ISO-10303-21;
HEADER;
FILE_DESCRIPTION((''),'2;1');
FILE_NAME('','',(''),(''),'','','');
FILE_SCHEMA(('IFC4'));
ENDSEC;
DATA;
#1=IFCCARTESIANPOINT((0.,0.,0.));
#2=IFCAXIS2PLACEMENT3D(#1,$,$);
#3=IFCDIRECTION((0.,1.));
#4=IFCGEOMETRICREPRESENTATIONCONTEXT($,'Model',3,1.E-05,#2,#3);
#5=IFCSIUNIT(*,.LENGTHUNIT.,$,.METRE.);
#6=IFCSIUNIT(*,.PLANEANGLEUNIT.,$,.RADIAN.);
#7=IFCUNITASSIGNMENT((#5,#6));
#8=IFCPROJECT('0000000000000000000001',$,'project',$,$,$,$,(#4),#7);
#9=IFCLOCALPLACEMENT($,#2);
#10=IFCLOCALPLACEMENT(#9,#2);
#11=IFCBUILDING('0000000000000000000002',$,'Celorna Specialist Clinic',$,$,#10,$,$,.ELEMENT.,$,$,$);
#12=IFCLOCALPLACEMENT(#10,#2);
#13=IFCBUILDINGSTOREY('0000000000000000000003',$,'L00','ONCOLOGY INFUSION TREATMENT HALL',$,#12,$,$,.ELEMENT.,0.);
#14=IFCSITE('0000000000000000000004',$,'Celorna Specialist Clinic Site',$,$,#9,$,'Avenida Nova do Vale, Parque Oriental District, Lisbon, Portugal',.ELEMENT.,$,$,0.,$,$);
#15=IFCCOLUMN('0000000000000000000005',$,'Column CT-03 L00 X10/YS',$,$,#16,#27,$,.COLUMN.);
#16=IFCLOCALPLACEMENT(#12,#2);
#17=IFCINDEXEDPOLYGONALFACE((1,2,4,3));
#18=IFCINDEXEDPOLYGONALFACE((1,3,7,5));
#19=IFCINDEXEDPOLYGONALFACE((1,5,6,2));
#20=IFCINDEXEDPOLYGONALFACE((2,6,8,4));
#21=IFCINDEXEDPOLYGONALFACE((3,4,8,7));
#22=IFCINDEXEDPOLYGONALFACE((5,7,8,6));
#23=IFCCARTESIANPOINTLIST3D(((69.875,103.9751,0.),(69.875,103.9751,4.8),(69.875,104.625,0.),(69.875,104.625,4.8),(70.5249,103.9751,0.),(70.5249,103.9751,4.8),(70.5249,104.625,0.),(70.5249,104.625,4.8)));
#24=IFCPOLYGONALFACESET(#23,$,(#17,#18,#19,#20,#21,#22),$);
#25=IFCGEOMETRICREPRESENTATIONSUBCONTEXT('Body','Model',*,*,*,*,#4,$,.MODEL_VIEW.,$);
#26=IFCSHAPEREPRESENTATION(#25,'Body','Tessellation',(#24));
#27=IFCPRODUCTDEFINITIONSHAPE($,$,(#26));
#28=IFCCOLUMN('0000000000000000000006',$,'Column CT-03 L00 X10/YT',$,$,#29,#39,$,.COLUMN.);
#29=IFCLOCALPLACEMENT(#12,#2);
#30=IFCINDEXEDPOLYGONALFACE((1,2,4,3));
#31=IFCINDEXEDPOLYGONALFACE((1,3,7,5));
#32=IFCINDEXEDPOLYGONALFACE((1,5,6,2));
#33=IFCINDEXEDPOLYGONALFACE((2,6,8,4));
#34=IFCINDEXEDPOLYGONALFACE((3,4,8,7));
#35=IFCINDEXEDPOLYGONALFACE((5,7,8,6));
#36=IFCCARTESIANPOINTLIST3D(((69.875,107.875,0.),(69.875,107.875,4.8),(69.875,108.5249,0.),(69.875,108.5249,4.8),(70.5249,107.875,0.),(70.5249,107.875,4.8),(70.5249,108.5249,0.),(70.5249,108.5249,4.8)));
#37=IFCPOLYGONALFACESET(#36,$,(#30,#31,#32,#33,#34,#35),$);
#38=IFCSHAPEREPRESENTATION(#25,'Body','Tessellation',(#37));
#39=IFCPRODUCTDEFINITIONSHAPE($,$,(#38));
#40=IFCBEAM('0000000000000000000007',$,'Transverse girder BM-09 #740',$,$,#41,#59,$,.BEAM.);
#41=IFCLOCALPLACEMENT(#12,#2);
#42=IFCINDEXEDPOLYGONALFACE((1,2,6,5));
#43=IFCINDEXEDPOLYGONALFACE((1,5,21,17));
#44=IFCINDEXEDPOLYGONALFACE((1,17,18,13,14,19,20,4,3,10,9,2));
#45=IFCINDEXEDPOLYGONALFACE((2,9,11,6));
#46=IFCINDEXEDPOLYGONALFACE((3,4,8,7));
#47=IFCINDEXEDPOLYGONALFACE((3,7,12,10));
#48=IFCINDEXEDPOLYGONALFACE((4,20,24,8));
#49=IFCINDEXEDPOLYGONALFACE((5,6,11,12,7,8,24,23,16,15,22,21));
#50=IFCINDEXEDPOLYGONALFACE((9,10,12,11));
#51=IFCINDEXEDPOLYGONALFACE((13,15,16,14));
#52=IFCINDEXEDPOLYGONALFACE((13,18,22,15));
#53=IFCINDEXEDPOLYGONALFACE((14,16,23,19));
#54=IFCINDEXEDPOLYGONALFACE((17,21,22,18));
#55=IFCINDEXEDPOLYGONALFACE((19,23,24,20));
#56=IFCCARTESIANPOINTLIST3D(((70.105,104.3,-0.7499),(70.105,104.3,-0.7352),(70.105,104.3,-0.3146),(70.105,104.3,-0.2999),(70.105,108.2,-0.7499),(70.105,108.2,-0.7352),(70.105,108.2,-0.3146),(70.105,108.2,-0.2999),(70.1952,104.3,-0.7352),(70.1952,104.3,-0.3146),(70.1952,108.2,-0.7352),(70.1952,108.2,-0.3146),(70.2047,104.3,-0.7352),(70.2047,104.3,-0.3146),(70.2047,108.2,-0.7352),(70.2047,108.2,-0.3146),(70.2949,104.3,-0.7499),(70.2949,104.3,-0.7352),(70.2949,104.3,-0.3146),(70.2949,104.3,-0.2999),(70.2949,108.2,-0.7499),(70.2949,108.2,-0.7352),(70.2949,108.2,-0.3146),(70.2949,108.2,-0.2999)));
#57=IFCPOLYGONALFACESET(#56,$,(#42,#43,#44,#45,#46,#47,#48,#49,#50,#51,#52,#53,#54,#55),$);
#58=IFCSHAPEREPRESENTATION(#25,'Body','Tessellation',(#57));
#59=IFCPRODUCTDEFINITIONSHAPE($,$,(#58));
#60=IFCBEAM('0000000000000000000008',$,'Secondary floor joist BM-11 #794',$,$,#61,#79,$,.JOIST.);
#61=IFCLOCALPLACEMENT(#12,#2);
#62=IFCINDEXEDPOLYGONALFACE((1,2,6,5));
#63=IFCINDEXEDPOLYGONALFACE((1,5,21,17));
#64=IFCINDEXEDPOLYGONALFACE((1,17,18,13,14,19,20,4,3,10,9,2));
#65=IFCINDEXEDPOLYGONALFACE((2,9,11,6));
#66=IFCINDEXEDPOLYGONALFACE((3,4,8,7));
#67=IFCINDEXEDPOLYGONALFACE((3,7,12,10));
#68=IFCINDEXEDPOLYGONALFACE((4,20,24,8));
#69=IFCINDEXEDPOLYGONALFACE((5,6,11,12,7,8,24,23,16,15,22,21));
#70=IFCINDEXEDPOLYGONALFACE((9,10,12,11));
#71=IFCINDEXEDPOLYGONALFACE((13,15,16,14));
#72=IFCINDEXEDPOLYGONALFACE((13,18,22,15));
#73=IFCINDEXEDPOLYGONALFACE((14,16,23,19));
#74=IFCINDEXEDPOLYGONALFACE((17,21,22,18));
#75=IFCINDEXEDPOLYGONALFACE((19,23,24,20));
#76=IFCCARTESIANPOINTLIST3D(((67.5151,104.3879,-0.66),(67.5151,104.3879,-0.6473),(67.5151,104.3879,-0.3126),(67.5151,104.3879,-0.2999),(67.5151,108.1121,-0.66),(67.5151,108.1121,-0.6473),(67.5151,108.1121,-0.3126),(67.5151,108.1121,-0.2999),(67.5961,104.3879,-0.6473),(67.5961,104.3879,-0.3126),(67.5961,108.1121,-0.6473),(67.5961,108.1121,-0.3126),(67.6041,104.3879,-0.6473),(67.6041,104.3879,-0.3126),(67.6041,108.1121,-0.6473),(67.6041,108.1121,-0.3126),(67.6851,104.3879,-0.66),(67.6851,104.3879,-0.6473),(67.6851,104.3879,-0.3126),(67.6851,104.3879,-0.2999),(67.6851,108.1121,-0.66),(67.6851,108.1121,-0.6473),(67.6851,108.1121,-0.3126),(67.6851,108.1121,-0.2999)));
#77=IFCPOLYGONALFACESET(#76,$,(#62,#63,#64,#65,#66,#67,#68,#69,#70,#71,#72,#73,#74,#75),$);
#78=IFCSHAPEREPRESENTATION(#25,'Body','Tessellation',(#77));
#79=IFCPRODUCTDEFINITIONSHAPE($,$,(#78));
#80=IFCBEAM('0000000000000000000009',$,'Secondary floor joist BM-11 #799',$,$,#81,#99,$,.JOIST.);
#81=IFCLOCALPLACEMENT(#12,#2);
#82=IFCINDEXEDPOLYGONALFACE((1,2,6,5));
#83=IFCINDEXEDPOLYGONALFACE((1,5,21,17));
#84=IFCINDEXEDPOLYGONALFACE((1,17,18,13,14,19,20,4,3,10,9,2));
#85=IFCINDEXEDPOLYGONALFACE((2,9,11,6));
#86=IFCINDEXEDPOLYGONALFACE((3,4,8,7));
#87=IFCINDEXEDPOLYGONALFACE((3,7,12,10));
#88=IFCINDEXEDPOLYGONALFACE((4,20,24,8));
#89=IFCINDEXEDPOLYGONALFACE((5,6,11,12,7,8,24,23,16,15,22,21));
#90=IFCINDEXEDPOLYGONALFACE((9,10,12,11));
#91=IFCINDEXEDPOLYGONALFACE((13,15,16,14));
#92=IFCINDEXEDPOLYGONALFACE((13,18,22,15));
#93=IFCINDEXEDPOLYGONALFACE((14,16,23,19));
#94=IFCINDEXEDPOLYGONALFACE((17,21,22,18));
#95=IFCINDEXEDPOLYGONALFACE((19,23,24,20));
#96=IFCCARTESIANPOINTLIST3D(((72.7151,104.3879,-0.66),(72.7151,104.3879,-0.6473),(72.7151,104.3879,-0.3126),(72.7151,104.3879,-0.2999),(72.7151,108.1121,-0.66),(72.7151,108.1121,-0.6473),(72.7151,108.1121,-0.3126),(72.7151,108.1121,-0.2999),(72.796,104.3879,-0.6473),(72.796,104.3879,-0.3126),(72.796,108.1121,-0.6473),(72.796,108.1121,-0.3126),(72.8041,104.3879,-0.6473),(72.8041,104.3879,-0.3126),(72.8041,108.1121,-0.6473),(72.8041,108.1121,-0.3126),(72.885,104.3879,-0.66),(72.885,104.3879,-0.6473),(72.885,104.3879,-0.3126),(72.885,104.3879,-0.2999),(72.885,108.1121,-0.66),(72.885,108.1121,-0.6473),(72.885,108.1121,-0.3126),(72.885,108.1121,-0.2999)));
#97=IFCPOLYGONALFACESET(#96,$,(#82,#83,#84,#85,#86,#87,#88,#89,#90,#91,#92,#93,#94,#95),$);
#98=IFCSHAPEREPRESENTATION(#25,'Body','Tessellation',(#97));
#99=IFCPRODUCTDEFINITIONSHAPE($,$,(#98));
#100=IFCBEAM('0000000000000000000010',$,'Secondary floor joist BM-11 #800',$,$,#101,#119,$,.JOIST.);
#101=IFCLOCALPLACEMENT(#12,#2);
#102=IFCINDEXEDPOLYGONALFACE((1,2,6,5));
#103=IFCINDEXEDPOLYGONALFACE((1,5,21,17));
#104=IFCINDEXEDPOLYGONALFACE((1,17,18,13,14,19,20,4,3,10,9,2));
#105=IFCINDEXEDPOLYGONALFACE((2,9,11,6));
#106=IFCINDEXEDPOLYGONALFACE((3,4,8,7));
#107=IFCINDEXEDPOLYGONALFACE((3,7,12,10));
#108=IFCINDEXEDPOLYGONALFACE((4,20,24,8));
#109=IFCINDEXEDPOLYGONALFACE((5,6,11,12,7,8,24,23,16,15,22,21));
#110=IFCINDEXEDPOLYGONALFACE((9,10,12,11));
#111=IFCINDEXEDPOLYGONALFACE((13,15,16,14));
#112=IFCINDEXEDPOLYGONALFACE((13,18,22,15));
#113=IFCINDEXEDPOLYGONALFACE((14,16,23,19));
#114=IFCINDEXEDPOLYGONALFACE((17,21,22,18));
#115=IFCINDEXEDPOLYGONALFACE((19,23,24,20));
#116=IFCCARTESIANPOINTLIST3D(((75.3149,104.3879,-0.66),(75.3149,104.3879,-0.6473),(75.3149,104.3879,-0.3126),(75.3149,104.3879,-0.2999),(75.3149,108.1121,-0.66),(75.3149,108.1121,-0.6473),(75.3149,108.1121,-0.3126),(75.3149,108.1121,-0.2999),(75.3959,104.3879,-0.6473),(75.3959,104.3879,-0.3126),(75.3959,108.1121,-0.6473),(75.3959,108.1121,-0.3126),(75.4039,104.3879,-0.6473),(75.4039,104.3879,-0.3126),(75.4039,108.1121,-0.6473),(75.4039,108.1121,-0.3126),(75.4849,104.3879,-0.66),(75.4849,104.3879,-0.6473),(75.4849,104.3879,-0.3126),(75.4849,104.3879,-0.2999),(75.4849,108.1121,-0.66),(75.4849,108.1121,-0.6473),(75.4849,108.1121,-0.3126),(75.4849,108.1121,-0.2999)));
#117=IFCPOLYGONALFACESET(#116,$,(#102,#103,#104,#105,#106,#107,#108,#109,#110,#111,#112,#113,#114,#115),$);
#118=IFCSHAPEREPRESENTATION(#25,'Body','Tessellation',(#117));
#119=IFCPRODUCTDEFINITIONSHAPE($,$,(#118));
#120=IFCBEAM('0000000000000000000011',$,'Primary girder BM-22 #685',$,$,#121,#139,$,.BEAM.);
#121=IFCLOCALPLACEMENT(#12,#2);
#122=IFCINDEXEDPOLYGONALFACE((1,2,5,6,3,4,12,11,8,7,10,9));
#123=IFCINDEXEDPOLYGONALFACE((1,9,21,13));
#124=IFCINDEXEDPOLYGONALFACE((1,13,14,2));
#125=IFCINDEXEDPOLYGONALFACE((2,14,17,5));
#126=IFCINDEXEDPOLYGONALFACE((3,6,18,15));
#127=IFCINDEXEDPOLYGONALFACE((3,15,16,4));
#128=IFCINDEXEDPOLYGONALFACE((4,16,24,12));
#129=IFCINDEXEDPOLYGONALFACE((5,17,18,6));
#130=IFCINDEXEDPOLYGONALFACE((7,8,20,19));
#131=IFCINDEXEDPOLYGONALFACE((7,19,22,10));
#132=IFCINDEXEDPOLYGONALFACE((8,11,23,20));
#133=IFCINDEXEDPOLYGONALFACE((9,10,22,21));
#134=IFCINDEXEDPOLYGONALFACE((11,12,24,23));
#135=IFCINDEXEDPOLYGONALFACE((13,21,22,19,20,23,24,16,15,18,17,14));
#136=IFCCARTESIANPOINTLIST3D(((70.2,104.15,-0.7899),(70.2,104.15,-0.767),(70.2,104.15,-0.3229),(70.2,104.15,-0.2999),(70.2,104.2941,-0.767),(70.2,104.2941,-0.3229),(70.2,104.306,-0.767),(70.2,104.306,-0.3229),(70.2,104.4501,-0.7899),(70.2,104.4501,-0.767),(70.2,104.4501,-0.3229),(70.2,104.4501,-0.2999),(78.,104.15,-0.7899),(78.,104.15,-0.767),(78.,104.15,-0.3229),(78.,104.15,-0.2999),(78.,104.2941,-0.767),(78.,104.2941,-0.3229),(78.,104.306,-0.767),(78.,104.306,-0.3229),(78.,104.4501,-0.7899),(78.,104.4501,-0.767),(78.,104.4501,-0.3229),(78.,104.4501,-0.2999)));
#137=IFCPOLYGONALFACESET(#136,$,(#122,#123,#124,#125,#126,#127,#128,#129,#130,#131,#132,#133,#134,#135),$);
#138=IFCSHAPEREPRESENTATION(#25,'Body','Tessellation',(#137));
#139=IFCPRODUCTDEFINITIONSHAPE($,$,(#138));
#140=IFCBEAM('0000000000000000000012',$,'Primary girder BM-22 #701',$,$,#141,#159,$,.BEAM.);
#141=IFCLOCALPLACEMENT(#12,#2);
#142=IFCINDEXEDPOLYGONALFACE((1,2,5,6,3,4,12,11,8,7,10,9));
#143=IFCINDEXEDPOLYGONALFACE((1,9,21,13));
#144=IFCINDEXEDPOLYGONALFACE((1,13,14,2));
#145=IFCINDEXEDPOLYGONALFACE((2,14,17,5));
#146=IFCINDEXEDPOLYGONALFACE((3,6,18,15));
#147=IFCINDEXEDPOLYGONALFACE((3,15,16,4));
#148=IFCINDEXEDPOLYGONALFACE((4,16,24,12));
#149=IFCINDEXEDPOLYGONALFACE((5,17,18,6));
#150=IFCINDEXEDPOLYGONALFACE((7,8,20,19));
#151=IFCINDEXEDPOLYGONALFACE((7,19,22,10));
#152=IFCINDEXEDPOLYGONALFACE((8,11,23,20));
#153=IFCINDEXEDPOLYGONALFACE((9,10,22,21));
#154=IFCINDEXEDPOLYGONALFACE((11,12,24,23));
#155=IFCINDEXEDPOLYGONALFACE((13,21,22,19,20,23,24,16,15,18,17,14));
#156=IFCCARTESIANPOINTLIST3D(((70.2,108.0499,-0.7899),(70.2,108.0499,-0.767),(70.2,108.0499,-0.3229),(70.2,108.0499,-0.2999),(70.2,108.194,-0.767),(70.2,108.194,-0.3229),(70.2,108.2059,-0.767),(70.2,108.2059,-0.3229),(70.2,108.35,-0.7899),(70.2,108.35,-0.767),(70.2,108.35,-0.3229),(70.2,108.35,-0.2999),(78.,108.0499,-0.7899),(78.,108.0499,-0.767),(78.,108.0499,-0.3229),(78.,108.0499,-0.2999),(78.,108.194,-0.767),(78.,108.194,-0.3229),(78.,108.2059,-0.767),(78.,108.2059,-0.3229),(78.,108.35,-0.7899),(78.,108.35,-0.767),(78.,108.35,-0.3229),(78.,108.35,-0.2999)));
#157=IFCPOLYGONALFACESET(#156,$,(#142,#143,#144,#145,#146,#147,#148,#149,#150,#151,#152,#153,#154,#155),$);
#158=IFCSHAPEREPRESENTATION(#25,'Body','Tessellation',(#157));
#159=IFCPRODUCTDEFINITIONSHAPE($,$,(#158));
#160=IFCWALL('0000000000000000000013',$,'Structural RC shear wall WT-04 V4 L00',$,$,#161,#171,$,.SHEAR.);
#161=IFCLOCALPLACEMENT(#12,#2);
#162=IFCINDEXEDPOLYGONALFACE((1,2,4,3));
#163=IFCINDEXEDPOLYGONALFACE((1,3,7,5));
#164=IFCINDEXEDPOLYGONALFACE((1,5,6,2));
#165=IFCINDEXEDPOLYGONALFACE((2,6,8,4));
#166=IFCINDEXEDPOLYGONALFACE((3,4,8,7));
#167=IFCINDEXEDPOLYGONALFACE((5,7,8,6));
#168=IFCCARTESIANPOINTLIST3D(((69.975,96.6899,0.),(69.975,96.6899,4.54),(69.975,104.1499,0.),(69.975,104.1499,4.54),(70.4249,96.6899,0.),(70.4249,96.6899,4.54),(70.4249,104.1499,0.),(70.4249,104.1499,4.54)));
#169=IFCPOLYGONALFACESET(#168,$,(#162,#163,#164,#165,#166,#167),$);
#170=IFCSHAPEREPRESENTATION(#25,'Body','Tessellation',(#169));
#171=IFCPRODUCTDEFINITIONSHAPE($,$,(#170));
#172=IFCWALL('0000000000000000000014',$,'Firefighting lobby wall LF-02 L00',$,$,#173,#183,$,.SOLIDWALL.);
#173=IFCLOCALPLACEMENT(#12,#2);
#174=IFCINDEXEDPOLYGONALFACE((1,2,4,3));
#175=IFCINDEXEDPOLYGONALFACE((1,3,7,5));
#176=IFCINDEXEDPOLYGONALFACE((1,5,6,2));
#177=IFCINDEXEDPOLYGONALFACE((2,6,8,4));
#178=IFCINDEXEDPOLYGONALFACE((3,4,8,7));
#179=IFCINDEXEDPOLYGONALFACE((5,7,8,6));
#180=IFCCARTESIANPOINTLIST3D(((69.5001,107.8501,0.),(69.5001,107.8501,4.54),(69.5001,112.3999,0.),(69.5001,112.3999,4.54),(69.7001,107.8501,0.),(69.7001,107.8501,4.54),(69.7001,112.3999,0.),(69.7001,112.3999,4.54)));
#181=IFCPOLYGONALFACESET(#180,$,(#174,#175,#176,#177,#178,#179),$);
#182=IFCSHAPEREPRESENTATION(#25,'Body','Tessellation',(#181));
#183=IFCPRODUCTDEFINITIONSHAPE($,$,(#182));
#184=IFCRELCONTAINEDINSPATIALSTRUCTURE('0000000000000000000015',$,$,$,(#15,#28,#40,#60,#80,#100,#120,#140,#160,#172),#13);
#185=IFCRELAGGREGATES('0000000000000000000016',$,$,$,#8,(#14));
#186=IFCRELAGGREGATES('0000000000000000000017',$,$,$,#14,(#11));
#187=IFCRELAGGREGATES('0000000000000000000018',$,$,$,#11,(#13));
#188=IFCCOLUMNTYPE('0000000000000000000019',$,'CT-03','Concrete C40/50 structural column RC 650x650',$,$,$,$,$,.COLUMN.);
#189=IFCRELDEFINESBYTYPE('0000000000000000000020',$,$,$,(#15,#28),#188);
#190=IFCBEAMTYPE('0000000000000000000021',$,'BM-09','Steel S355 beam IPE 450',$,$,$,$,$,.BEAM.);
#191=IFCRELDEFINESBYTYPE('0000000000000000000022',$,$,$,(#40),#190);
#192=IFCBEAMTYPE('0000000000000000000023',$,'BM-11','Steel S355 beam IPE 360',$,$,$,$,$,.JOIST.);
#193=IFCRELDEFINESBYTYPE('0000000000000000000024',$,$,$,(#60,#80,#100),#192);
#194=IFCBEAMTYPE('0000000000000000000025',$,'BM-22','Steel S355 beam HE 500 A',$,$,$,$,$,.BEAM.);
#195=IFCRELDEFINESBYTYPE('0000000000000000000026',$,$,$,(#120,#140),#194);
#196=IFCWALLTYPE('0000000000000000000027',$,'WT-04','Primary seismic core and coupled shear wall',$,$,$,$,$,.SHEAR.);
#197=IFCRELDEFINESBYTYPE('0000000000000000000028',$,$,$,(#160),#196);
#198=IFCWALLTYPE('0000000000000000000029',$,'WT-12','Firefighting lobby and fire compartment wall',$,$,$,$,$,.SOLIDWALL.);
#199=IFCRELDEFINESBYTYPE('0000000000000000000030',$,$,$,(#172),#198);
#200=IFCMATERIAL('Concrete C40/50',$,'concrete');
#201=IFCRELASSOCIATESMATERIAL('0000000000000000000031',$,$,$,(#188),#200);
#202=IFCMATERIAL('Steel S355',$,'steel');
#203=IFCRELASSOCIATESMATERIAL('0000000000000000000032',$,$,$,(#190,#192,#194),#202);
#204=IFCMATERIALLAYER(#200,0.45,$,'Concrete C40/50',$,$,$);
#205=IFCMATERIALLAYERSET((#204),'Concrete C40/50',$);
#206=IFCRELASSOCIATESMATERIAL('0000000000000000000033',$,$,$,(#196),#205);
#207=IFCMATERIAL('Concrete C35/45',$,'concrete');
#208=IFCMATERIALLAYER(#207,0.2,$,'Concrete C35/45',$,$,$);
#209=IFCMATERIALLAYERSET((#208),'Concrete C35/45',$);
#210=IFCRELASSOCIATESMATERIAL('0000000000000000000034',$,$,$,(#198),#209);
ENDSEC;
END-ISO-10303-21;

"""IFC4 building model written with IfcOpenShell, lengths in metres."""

from ifc_helpers import new_model, si_unit, direction, frame, frame_2d, origin, origin_2d, place, context, subcontext, project, spatial, rectangle, i_section, extrude, material, layer, layer_set, material_profile, profile_set, type_object, element, save


model = new_model("IFC4")

# Units and contexts
model_context = context("Model", 3, precision=1e-05, world=origin(), true_north=direction((0.0, 1.0)))
body_context = subcontext(model_context, "Body", "Model", "MODEL_VIEW")
ifc_project = project(units=[si_unit("LENGTHUNIT", "METRE"), si_unit("PLANEANGLEUNIT", "RADIAN")], contexts=[model_context])

# Site, building, storey
site_placement = place(None, origin())
site = spatial("IfcSite", under=ifc_project, at=site_placement, Name="Celorna Specialist Clinic Site", LongName="Avenida Nova do Vale, Parque Oriental District, Lisbon, Portugal", CompositionType="ELEMENT", RefElevation=0.0)
building_placement = place(site_placement, origin())
building = spatial("IfcBuilding", under=site, at=building_placement, Name="Celorna Specialist Clinic", CompositionType="ELEMENT")
storey_placement = place(building_placement, origin())
storey = spatial("IfcBuildingStorey", under=building, at=storey_placement, Name="L00", Description="ONCOLOGY INFUSION TREATMENT HALL", CompositionType="ELEMENT", Elevation=0.0)

# Columns
ifc_material_1 = material(Name="Concrete C40/50", Category="concrete")
ifc_material_profile_1 = material_profile(ifc_material_1, rectangle(XDim=0.6499, YDim=0.6499, at=origin_2d()), Name="RC 650x650")
ifc_profile_set_1 = profile_set([ifc_material_profile_1], Name="Concrete C40/50")
column_type = type_object("IfcColumnType", Name="CT-03", Description="Concrete C40/50 structural column RC 650x650", PredefinedType="COLUMN", material=ifc_profile_set_1)
for number, where, z_axis, x_axis, name in (
    (1, (70.2, 104.3, 0.0), (0.0, 0.0, 1.0), (1.0, 0.0, 0.0), "Column CT-03 L00 X10/YS"),
    (2, (70.2, 108.2, 0.0), (0.0, 0.0, 1.0), (1.0, 0.0, 0.0), "Column CT-03 L00 X10/YT"),
):
    element("IfcColumn", number, at=place(storey_placement, frame(where, z_axis=z_axis, x_axis=x_axis)), inside=storey, type_object=column_type, Name=name, PredefinedType="COLUMN", context=body_context, shape_type="SweptSolid", body=[
        extrude(rectangle(XDim=0.6499, YDim=0.6499, at=origin_2d()), origin(), (0.0, 0.0, 1.0), 4.8),
    ])

# Beams
ifc_material_2 = material(Name="Steel S355", Category="steel")
ifc_material_profile_2 = material_profile(ifc_material_2, i_section(OverallWidth=0.1899, OverallDepth=0.45, WebThickness=0.0095, FlangeThickness=0.0146, at=origin_2d()), Name="IPE 450")
ifc_profile_set_2 = profile_set([ifc_material_profile_2], Name="Steel S355")
beam_type_1 = type_object("IfcBeamType", Name="BM-09", Description="Steel S355 beam IPE 450", PredefinedType="BEAM", material=ifc_profile_set_2)
beam_placement = place(storey_placement, frame((70.2, 104.3, -0.5249), z_axis=(0.0, 1.0, 0.0), x_axis=(-1.0, 0.0, 0.0)))
element("IfcBeam", 3, at=beam_placement, inside=storey, type_object=beam_type_1, Name="Transverse girder BM-09 #740", PredefinedType="BEAM", context=body_context, shape_type="SweptSolid", body=[
    extrude(i_section(OverallWidth=0.1899, OverallDepth=0.45, WebThickness=0.0095, FlangeThickness=0.0146, at=origin_2d()), origin(), (0.0, 0.0, 1.0), 3.8999),
])
ifc_material_profile_3 = material_profile(ifc_material_2, i_section(OverallWidth=0.1699, OverallDepth=0.3601, WebThickness=0.0081, FlangeThickness=0.0127, at=origin_2d()), Name="IPE 360")
ifc_profile_set_3 = profile_set([ifc_material_profile_3], Name="Steel S355")
beam_type_2 = type_object("IfcBeamType", Name="BM-11", Description="Steel S355 beam IPE 360", PredefinedType="JOIST", material=ifc_profile_set_3)
for number, where, z_axis, x_axis, name in (
    (4, (67.6001, 104.3879, -0.48), (0.0, 1.0, 0.0), (-1.0, 0.0, 0.0), "Secondary floor joist BM-11 #794"),
    (5, (72.8, 104.3879, -0.48), (0.0, 1.0, 0.0), (-1.0, 0.0, 0.0), "Secondary floor joist BM-11 #799"),
    (6, (75.3999, 104.3879, -0.48), (0.0, 1.0, 0.0), (-1.0, 0.0, 0.0), "Secondary floor joist BM-11 #800"),
):
    element("IfcBeam", number, at=place(storey_placement, frame(where, z_axis=z_axis, x_axis=x_axis)), inside=storey, type_object=beam_type_2, Name=name, PredefinedType="JOIST", context=body_context, shape_type="SweptSolid", body=[
        extrude(i_section(OverallWidth=0.1699, OverallDepth=0.3601, WebThickness=0.0081, FlangeThickness=0.0127, at=origin_2d()), origin(), (0.0, 0.0, 1.0), 3.7241),
    ])
ifc_material_profile_4 = material_profile(ifc_material_2, i_section(OverallWidth=0.3, OverallDepth=0.49, WebThickness=0.012, FlangeThickness=0.0229, at=origin_2d()), Name="HE 500 A")
ifc_profile_set_4 = profile_set([ifc_material_profile_4], Name="Steel S355")
beam_type_3 = type_object("IfcBeamType", Name="BM-22", Description="Steel S355 beam HE 500 A", PredefinedType="BEAM", material=ifc_profile_set_4)
for number, where, z_axis, x_axis, name in (
    (7, (70.2, 104.3, -0.5449), (1.0, 0.0, 0.0), (0.0, 1.0, 0.0), "Primary girder BM-22 #685"),
    (8, (70.2, 108.2, -0.5449), (1.0, 0.0, 0.0), (0.0, 1.0, 0.0), "Primary girder BM-22 #701"),
):
    element("IfcBeam", number, at=place(storey_placement, frame(where, z_axis=z_axis, x_axis=x_axis)), inside=storey, type_object=beam_type_3, Name=name, PredefinedType="BEAM", context=body_context, shape_type="SweptSolid", body=[
        extrude(i_section(OverallWidth=0.3, OverallDepth=0.49, WebThickness=0.012, FlangeThickness=0.0229, at=origin_2d()), origin(), (0.0, 0.0, 1.0), 7.8),
    ])

# Walls
ifc_layer_1 = layer(ifc_material_1, 0.45, Name="Concrete C40/50")
ifc_layer_set_1 = layer_set([ifc_layer_1], Name="Concrete C40/50")
wall_type_1 = type_object("IfcWallType", Name="WT-04", Description="Primary seismic core and coupled shear wall", PredefinedType="SHEAR", material=ifc_layer_set_1)
wall_1_placement = place(storey_placement, frame((70.2, 96.6899, 0.0), z_axis=(0.0, 0.0, 1.0), x_axis=(0.0, 1.0, 0.0)))
element("IfcWall", 9, at=wall_1_placement, inside=storey, type_object=wall_type_1, Name="Structural RC shear wall WT-04 V4 L00", PredefinedType="SHEAR", context=body_context, shape_type="SweptSolid", body=[
    extrude(rectangle(XDim=7.46, YDim=0.45, at=frame_2d((3.73, 0.0))), origin(), (0.0, 0.0, 1.0), 4.54),
])
ifc_material_3 = material(Name="Concrete C35/45", Category="concrete")
ifc_layer_2 = layer(ifc_material_3, 0.2, Name="Concrete C35/45")
ifc_layer_set_2 = layer_set([ifc_layer_2], Name="Concrete C35/45")
wall_type_2 = type_object("IfcWallType", Name="WT-12", Description="Firefighting lobby and fire compartment wall", PredefinedType="SOLIDWALL", material=ifc_layer_set_2)
wall_2_placement = place(storey_placement, frame((69.6001, 107.8501, 0.0), z_axis=(0.0, 0.0, 1.0), x_axis=(0.0, 1.0, 0.0)))
element("IfcWall", 10, at=wall_2_placement, inside=storey, type_object=wall_type_2, Name="Firefighting lobby wall LF-02 L00", PredefinedType="SOLIDWALL", context=body_context, shape_type="SweptSolid", body=[
    extrude(rectangle(XDim=4.5498, YDim=0.2, at=frame_2d((2.2749, 0.0))), origin(), (0.0, 0.0, 1.0), 4.54),
])

save(model, "model.ifc")
